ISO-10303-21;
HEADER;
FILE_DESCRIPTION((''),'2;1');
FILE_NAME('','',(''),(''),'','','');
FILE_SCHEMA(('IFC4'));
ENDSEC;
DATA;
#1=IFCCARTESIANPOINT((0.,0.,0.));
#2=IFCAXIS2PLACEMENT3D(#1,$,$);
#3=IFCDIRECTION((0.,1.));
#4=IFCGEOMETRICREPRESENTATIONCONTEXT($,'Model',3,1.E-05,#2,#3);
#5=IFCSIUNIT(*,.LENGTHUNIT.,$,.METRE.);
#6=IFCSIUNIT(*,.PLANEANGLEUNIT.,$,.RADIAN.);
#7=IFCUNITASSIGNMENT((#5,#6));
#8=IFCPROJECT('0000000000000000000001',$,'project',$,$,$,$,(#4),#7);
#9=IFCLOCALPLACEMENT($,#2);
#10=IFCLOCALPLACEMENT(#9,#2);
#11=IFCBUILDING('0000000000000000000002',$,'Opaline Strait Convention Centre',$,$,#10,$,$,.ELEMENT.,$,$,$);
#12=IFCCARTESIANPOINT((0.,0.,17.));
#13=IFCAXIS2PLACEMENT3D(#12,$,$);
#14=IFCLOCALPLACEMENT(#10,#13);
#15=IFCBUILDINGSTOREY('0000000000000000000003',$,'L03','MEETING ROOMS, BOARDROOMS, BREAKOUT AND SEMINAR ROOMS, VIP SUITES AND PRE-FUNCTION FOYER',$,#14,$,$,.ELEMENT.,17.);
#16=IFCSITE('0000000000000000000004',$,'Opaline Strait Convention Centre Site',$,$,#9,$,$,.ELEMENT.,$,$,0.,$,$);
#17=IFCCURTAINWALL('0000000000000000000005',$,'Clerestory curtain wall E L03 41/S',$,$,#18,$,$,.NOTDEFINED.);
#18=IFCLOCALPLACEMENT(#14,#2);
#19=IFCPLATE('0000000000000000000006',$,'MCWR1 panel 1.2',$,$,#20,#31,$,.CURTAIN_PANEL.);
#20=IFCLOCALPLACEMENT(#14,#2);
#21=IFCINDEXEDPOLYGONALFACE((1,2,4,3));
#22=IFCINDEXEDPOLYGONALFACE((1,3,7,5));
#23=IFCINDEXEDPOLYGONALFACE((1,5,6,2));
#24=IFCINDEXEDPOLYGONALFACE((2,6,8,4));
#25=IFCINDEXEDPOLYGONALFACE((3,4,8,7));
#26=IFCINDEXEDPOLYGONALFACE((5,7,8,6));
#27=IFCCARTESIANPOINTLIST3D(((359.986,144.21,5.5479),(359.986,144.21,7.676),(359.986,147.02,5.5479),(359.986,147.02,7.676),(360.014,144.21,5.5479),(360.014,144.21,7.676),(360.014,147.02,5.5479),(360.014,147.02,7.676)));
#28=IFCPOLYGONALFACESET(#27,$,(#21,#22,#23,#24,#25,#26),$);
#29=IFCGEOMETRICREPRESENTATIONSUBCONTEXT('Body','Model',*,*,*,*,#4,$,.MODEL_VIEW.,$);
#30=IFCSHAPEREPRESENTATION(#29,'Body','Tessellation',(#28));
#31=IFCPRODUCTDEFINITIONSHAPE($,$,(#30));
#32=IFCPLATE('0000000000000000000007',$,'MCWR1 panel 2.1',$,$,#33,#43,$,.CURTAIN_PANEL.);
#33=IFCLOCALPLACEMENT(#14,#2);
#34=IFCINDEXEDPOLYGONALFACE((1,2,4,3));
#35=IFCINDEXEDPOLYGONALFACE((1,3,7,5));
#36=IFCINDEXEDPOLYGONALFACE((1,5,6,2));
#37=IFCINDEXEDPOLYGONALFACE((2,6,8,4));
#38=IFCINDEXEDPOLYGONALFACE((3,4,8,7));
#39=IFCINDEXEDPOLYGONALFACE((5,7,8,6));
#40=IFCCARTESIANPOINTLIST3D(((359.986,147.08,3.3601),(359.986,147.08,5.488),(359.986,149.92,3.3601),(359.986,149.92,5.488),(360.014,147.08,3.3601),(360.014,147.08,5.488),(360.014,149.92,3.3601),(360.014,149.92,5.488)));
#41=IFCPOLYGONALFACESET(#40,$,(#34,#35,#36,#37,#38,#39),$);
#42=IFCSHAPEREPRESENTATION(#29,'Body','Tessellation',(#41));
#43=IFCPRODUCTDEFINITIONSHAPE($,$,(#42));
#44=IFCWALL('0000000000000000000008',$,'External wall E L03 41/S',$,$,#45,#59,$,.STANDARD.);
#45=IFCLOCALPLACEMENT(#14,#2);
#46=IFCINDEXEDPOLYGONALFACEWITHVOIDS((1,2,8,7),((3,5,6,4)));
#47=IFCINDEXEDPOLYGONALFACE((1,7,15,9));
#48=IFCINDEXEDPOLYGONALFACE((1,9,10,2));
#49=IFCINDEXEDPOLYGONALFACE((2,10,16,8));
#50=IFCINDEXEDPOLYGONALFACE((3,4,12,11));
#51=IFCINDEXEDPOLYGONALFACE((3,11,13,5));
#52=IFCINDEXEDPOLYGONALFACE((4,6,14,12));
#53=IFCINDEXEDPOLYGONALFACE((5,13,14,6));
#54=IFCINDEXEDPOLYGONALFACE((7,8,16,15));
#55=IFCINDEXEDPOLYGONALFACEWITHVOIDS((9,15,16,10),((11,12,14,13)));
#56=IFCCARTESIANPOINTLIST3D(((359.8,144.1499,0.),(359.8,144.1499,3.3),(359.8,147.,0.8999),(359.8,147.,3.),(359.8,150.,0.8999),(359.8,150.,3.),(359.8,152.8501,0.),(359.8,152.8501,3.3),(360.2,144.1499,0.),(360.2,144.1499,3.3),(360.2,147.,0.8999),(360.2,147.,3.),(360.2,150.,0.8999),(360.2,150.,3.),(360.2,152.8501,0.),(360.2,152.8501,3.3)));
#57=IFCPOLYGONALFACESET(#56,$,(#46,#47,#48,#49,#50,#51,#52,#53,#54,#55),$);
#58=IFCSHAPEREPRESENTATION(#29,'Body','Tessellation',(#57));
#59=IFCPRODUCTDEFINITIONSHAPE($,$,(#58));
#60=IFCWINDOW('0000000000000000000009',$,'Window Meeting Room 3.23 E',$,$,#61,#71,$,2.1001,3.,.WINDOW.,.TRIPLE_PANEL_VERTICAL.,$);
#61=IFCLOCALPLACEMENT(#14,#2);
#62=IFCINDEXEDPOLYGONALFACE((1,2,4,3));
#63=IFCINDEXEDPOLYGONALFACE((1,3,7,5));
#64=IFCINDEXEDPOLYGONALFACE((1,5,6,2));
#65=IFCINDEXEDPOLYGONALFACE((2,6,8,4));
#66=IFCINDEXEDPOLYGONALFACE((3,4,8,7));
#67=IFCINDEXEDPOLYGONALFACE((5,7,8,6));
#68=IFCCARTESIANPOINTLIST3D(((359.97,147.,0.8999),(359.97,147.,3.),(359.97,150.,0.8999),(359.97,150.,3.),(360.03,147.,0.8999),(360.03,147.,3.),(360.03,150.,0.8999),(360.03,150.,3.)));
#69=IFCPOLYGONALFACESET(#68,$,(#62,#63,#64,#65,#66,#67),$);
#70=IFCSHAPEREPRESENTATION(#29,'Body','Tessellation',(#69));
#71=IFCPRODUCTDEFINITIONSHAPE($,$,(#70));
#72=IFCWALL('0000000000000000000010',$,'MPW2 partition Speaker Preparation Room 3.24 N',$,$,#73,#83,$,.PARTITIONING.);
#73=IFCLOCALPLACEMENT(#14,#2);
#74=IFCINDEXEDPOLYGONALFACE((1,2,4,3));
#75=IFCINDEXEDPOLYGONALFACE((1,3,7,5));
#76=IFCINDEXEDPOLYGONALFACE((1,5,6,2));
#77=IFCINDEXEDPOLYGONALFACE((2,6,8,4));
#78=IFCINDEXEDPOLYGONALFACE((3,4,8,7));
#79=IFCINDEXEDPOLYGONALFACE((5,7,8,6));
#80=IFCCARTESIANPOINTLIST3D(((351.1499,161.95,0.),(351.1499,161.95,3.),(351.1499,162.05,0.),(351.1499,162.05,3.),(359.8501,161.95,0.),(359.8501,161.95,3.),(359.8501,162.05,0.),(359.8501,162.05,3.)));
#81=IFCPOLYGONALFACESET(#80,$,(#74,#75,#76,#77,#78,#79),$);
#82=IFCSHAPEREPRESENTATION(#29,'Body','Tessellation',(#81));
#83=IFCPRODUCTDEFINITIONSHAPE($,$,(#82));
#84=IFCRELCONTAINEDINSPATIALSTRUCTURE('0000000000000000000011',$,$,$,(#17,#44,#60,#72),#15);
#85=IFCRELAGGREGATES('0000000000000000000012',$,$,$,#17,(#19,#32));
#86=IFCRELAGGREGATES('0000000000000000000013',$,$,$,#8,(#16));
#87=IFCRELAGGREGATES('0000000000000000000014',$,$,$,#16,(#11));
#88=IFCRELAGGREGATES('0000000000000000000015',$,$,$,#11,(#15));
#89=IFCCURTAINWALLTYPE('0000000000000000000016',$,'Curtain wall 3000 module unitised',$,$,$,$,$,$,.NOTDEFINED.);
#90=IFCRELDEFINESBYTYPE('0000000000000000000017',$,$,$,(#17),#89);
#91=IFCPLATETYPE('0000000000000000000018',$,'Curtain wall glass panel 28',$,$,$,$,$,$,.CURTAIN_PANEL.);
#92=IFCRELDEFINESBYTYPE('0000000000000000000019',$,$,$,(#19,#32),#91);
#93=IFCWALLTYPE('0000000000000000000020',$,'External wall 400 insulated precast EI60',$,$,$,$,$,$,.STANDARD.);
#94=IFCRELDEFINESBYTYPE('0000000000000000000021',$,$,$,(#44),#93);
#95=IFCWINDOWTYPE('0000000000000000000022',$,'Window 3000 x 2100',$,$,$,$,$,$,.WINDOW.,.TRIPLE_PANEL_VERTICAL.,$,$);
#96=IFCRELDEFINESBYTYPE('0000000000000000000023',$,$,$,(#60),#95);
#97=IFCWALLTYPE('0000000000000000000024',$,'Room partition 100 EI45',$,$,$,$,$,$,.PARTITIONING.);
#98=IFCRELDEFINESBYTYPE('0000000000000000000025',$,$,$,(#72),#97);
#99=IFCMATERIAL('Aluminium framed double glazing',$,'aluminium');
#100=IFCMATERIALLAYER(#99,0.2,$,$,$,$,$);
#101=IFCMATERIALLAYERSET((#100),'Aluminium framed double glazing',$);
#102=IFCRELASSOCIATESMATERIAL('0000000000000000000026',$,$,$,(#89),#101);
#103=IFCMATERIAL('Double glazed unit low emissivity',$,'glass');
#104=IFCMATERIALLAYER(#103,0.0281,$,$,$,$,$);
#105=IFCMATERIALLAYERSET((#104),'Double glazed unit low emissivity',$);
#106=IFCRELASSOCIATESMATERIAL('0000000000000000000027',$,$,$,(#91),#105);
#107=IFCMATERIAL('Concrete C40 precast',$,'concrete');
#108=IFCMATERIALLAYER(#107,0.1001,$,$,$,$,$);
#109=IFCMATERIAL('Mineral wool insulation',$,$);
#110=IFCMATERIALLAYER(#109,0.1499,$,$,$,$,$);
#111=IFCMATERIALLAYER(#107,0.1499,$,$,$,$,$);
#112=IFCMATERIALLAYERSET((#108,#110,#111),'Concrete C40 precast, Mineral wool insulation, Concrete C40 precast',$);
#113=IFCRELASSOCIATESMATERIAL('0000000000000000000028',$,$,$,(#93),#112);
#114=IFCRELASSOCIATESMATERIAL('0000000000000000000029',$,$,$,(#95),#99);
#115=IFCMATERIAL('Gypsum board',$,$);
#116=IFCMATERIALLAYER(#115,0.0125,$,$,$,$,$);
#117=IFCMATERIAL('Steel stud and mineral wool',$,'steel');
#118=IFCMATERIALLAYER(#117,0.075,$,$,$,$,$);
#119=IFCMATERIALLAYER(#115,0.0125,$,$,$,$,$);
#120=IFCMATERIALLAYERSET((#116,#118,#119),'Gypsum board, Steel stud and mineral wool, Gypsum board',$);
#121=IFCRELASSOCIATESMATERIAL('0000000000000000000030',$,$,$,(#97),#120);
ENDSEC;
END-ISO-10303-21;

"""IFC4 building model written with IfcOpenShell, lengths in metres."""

from ifc_helpers import new_model, si_unit, direction, frame, frame_2d, origin, origin_2d, place, context, subcontext, project, spatial, rectangle, extrude, material, layer, layer_set, type_object, element, fill, aggregate, save


model = new_model("IFC4")

# Units and contexts
model_context = context("Model", 3, precision=1e-05, world=origin(), true_north=direction((0.0, 1.0)))
body_context = subcontext(model_context, "Body", "Model", "MODEL_VIEW")
ifc_project = project(units=[si_unit("LENGTHUNIT", "METRE"), si_unit("PLANEANGLEUNIT", "RADIAN")], contexts=[model_context])

# Site, building, storey
site_placement = place(None, origin())
site = spatial("IfcSite", under=ifc_project, at=site_placement, Name="Opaline Strait Convention Centre Site", CompositionType="ELEMENT", RefElevation=0.0)
building_placement = place(site_placement, origin())
building = spatial("IfcBuilding", under=site, at=building_placement, Name="Opaline Strait Convention Centre", CompositionType="ELEMENT")
storey_placement = place(building_placement, frame((0.0, 0.0, 17.0)))
storey = spatial("IfcBuildingStorey", under=building, at=storey_placement, Name="L03", Description="MEETING ROOMS, BOARDROOMS, BREAKOUT AND SEMINAR ROOMS, VIP SUITES AND PRE-FUNCTION FOYER", CompositionType="ELEMENT", Elevation=17.0)

# Curtain wall
ifc_material_1 = material(Name="Aluminium framed double glazing", Category="aluminium")
ifc_layer_1 = layer(ifc_material_1, 0.2)
ifc_layer_set_1 = layer_set([ifc_layer_1], Name="Aluminium framed double glazing")
curtain_wall_type = type_object("IfcCurtainWallType", Name="Curtain wall 3000 module unitised", PredefinedType="NOTDEFINED", material=ifc_layer_set_1)
curtain_wall_1_placement = place(storey_placement, origin())
curtain_wall_1 = element("IfcCurtainWall", 1, at=curtain_wall_1_placement, inside=storey, type_object=curtain_wall_type, Name="Clerestory curtain wall E L03 41/S", PredefinedType="NOTDEFINED")

# Plates
ifc_material_2 = material(Name="Double glazed unit low emissivity", Category="glass")
ifc_layer_2 = layer(ifc_material_2, 0.0281)
ifc_layer_set_2 = layer_set([ifc_layer_2], Name="Double glazed unit low emissivity")
plate_type = type_object("IfcPlateType", Name="Curtain wall glass panel 28", PredefinedType="CURTAIN_PANEL", material=ifc_layer_set_2)
plate_1_placement = place(storey_placement, frame((360.0, 145.615, 5.5479), z_axis=(0.0, 0.0, 1.0), x_axis=(0.0, 1.0, 0.0)))
plate_1 = element("IfcPlate", 2, at=plate_1_placement, type_object=plate_type, Name="MCWR1 panel 1.2", PredefinedType="CURTAIN_PANEL", context=body_context, shape_type="SweptSolid", body=[
    extrude(rectangle(XDim=2.8101, YDim=0.0281, at=origin_2d()), origin(), (0.0, 0.0, 1.0), 2.1282),
])
plate_2_placement = place(storey_placement, frame((360.0, 148.5, 3.3601), z_axis=(0.0, 0.0, 1.0), x_axis=(0.0, 1.0, 0.0)))
plate_2 = element("IfcPlate", 3, at=plate_2_placement, type_object=plate_type, Name="MCWR1 panel 2.1", PredefinedType="CURTAIN_PANEL", context=body_context, shape_type="SweptSolid", body=[
    extrude(rectangle(XDim=2.8401, YDim=0.0281, at=origin_2d()), origin(), (0.0, 0.0, 1.0), 2.1279),
])
aggregate(curtain_wall_1, [plate_1, plate_2])

# Wall, opening, window
ifc_material_3 = material(Name="Concrete C40 precast", Category="concrete")
ifc_layer_3 = layer(ifc_material_3, 0.1001)
ifc_material_4 = material(Name="Mineral wool insulation")
ifc_layer_4 = layer(ifc_material_4, 0.1499)
ifc_layer_5 = layer(ifc_material_3, 0.1499)
ifc_layer_set_3 = layer_set([ifc_layer_3, ifc_layer_4, ifc_layer_5], Name="Concrete C40 precast, Mineral wool insulation, Concrete C40 precast")
wall_type_1 = type_object("IfcWallType", Name="External wall 400 insulated precast EI60", PredefinedType="STANDARD", material=ifc_layer_set_3)
wall_1_placement = place(storey_placement, frame((360.0, 144.1499, 0.0), z_axis=(0.0, 0.0, 1.0), x_axis=(0.0, 1.0, 0.0)))
wall_1 = element("IfcWall", 4, at=wall_1_placement, inside=storey, type_object=wall_type_1, Name="External wall E L03 41/S", PredefinedType="STANDARD", context=body_context, shape_type="SweptSolid", body=[
    extrude(rectangle(XDim=8.7002, YDim=0.3999, at=frame_2d((4.3501, 0.0))), origin(), (0.0, 0.0, 1.0), 3.3),
])
opening_placement = place(wall_1_placement, frame((2.8501, 0.0, 0.8999)))
opening = element("IfcOpeningElement", 5, at=opening_placement, cuts=wall_1, PredefinedType="OPENING", context=body_context, shape_type="SweptSolid", body=[
    extrude(rectangle(XDim=3.0, YDim=2.1001, at=frame_2d((1.5, 1.05))), frame((0.0, 0.21, 0.0), z_axis=(0.0, -1.0, 0.0), x_axis=(1.0, 0.0, 0.0)), (0.0, 0.0, 1.0), 0.4199),
])
window_type = type_object("IfcWindowType", Name="Window 3000 x 2100", PartitioningType="TRIPLE_PANEL_VERTICAL", PredefinedType="WINDOW", material=ifc_material_1)
window_placement = place(opening_placement, origin())
window = element("IfcWindow", 6, at=window_placement, inside=storey, type_object=window_type, Name="Window Meeting Room 3.23 E", OverallHeight=2.1001, OverallWidth=3.0, PartitioningType="TRIPLE_PANEL_VERTICAL", PredefinedType="WINDOW", context=body_context, shape_type="SweptSolid", body=[
    extrude(rectangle(XDim=3.0, YDim=2.1001, at=frame_2d((1.5, 1.05))), frame((0.0, 0.03, 0.0), z_axis=(0.0, -1.0, 0.0), x_axis=(1.0, 0.0, 0.0)), (0.0, 0.0, 1.0), 0.0601),
])
fill(opening, window)

# Wall
ifc_material_5 = material(Name="Gypsum board")
ifc_layer_6 = layer(ifc_material_5, 0.0125)
ifc_material_6 = material(Name="Steel stud and mineral wool", Category="steel")
ifc_layer_7 = layer(ifc_material_6, 0.075)
ifc_layer_8 = layer(ifc_material_5, 0.0125)
ifc_layer_set_4 = layer_set([ifc_layer_6, ifc_layer_7, ifc_layer_8], Name="Gypsum board, Steel stud and mineral wool, Gypsum board")
wall_type_2 = type_object("IfcWallType", Name="Room partition 100 EI45", PredefinedType="PARTITIONING", material=ifc_layer_set_4)
wall_2_placement = place(storey_placement, frame((351.1499, 162.0, 0.0), z_axis=(0.0, 0.0, 1.0), x_axis=(1.0, 0.0, 0.0)))
element("IfcWall", 7, at=wall_2_placement, inside=storey, type_object=wall_type_2, Name="MPW2 partition Speaker Preparation Room 3.24 N", PredefinedType="PARTITIONING", context=body_context, shape_type="SweptSolid", body=[
    extrude(rectangle(XDim=8.7002, YDim=0.1001, at=frame_2d((4.3501, 0.0))), origin(), (0.0, 0.0, 1.0), 3.0),
])

save(model, "model.ifc")
